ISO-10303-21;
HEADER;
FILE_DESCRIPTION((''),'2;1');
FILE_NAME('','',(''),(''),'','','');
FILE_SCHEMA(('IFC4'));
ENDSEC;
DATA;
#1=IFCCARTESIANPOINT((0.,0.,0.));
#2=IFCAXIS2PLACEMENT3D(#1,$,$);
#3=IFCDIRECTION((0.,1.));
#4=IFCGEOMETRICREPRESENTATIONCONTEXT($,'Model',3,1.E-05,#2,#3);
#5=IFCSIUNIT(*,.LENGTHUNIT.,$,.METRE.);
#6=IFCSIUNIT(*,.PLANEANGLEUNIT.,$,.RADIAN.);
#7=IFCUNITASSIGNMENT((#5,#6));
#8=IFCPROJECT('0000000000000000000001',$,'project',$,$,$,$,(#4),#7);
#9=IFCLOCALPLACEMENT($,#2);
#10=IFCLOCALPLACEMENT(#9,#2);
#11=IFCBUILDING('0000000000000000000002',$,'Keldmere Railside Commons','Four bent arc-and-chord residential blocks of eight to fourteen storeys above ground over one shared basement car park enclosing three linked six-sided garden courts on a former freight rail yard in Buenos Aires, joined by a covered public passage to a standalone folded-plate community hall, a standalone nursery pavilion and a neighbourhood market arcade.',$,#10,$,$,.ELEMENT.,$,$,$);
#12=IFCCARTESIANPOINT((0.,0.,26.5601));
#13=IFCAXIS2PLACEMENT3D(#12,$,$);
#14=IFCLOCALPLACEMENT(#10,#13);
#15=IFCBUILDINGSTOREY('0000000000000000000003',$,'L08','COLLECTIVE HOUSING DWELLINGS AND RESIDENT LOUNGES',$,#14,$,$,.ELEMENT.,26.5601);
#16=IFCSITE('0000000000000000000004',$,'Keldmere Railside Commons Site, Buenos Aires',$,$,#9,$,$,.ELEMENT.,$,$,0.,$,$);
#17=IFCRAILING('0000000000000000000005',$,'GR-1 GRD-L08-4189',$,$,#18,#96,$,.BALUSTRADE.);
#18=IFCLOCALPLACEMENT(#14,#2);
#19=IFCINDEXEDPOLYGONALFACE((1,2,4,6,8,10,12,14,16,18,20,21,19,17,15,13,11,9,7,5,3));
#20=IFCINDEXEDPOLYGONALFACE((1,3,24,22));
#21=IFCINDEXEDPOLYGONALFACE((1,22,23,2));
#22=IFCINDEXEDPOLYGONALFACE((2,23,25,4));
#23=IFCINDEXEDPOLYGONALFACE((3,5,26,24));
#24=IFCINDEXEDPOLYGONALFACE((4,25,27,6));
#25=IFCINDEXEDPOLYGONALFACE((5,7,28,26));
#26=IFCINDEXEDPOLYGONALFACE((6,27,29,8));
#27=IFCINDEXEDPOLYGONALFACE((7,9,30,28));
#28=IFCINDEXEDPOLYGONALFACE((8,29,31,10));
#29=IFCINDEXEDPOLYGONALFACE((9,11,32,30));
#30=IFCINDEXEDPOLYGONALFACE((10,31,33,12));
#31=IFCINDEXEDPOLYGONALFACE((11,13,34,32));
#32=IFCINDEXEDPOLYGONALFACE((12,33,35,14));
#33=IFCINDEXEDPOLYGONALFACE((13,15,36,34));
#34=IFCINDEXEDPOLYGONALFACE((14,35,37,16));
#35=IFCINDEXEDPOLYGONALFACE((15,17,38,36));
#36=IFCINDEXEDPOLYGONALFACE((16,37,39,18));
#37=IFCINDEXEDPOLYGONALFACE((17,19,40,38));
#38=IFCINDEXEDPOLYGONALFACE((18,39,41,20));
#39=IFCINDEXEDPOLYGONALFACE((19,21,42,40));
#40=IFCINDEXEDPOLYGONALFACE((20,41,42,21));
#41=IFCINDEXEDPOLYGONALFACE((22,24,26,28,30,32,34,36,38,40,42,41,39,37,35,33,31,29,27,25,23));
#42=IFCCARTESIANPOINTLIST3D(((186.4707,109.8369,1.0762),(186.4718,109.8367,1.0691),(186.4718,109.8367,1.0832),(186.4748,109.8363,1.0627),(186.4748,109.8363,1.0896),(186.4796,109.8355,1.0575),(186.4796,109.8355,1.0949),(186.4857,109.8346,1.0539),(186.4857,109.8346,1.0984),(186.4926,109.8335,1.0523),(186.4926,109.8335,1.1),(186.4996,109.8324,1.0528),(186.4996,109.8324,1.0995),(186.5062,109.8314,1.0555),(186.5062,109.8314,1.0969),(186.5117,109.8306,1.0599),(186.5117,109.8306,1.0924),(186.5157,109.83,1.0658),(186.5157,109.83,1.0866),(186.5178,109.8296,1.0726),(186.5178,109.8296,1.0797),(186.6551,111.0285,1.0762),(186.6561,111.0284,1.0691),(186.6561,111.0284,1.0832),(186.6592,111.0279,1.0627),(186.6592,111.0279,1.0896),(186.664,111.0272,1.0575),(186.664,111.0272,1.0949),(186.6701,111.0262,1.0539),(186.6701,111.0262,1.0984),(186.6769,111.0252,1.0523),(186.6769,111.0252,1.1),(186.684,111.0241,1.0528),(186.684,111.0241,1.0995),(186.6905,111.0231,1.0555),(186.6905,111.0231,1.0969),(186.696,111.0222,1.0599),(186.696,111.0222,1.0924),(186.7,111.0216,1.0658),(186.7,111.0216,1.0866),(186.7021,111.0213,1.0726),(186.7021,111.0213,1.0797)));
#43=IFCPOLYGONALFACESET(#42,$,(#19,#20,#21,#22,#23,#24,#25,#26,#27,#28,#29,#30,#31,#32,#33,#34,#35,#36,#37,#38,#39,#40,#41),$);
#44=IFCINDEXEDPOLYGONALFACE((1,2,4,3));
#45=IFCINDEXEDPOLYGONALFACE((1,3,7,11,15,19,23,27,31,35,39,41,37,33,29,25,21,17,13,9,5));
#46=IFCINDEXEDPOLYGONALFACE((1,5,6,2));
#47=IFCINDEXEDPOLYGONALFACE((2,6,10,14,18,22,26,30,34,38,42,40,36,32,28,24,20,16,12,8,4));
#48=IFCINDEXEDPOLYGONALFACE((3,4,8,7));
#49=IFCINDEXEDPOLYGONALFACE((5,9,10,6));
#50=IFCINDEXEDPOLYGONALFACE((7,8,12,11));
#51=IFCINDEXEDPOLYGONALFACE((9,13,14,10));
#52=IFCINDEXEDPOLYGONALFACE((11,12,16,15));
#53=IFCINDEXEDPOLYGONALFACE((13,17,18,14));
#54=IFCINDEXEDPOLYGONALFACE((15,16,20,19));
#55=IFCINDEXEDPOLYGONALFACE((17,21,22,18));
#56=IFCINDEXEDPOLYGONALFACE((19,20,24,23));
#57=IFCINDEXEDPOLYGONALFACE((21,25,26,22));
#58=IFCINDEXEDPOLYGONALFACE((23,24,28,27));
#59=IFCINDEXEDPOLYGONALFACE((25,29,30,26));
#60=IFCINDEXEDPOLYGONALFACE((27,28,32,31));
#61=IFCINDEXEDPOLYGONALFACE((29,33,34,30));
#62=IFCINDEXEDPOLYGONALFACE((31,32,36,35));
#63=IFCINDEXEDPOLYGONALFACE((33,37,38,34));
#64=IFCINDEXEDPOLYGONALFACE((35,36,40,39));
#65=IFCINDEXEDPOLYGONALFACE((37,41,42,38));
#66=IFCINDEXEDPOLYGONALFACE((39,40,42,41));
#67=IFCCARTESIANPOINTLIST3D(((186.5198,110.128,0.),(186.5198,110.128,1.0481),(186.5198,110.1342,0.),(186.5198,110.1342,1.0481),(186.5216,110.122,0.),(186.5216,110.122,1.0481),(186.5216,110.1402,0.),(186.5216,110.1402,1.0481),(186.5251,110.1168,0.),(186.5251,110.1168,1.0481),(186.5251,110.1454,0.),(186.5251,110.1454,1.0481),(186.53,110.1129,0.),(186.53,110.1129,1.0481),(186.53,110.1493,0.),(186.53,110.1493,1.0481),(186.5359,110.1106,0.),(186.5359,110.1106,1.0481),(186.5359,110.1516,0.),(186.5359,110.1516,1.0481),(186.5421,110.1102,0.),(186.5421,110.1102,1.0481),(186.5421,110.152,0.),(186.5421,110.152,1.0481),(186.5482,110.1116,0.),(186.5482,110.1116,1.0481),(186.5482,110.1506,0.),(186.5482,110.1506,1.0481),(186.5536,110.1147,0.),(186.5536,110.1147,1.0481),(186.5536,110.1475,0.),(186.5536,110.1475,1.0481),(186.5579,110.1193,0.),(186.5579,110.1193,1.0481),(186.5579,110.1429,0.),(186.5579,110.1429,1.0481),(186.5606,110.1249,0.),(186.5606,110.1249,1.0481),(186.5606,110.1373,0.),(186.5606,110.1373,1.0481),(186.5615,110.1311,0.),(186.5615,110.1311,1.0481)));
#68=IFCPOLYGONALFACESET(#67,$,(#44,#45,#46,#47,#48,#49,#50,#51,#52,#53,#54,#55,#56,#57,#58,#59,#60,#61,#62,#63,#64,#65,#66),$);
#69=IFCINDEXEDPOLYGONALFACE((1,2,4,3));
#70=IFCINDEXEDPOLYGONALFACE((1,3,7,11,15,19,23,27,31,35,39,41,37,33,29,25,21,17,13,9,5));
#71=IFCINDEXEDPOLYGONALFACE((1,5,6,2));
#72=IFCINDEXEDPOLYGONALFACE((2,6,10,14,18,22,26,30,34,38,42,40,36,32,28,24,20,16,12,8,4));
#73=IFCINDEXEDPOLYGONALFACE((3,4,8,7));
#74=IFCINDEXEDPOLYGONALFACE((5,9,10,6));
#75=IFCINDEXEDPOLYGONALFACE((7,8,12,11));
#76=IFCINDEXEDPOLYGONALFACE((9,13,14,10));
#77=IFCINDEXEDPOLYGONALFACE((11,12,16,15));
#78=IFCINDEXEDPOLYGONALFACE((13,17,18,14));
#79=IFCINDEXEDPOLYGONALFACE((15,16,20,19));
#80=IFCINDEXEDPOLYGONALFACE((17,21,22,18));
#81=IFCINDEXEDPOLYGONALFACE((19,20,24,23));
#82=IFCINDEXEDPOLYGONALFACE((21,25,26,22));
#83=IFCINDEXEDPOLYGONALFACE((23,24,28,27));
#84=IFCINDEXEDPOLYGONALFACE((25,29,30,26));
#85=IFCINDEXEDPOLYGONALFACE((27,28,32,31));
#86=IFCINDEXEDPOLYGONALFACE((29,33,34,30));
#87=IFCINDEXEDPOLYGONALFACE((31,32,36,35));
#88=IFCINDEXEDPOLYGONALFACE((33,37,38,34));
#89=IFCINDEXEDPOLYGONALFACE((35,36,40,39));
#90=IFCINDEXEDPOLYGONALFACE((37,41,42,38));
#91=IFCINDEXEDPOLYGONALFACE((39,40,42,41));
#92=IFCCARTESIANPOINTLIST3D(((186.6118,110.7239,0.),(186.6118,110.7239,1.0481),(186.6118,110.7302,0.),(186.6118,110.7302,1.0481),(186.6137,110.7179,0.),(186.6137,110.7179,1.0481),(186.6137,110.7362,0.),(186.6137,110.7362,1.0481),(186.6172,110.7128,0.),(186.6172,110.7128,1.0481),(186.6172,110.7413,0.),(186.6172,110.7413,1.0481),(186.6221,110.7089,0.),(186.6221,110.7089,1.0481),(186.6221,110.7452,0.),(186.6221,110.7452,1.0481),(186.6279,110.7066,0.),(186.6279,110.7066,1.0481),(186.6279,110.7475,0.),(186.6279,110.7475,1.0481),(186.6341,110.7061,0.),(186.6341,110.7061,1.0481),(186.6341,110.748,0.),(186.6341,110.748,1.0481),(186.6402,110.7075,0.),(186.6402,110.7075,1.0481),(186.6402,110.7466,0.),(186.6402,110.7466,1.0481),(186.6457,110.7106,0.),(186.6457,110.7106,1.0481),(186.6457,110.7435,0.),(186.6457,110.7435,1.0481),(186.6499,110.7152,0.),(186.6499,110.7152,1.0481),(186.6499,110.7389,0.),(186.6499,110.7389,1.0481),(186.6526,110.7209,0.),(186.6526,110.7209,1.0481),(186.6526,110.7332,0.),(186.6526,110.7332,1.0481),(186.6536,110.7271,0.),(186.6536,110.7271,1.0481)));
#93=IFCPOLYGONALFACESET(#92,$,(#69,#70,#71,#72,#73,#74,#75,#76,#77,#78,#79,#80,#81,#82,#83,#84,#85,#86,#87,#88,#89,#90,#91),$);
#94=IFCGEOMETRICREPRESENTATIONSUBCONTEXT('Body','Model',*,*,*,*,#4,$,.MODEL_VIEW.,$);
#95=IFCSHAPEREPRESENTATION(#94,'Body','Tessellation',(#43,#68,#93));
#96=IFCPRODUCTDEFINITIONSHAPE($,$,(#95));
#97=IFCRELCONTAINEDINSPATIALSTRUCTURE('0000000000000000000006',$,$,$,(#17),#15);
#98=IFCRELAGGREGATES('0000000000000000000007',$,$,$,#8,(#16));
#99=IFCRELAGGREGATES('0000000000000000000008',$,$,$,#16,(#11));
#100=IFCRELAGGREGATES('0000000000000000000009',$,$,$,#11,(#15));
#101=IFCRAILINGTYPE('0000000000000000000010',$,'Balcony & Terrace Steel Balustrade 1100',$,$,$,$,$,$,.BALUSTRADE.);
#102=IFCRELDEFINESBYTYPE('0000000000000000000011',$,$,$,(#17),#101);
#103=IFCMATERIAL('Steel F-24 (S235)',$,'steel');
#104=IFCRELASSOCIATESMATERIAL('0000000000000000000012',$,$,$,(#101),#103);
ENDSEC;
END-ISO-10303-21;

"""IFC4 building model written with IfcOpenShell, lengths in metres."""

from ifc_helpers import new_model, si_unit, direction, frame, origin, origin_2d, place, context, subcontext, project, spatial, circle, extrude, material, type_object, element, save


model = new_model("IFC4")

# Units and contexts
model_context = context("Model", 3, precision=1e-05, world=origin(), true_north=direction((0.0, 1.0)))
body_context = subcontext(model_context, "Body", "Model", "MODEL_VIEW")
ifc_project = project(units=[si_unit("LENGTHUNIT", "METRE"), si_unit("PLANEANGLEUNIT", "RADIAN")], contexts=[model_context])

# Site, building, storey
site_placement = place(None, origin())
site = spatial("IfcSite", under=ifc_project, at=site_placement, Name="Keldmere Railside Commons Site, Buenos Aires", CompositionType="ELEMENT", RefElevation=0.0)
building_placement = place(site_placement, origin())
building = spatial("IfcBuilding", under=site, at=building_placement, Name="Keldmere Railside Commons", Description="Four bent arc-and-chord residential blocks of eight to fourteen storeys above ground over one shared basement car park enclosing three linked six-sided garden courts on a former freight rail yard in Buenos Aires, joined by a covered public passage to a standalone folded-plate community hall, a standalone nursery pavilion and a neighbourhood market arcade.", CompositionType="ELEMENT")
storey_placement = place(building_placement, frame((0.0, 0.0, 26.5601)))
storey = spatial("IfcBuildingStorey", under=building, at=storey_placement, Name="L08", Description="COLLECTIVE HOUSING DWELLINGS AND RESIDENT LOUNGES", CompositionType="ELEMENT", Elevation=26.5601)

# Railing
ifc_material_1 = material(Name="Steel F-24 (S235)", Category="steel")
railing_type = type_object("IfcRailingType", Name="Balcony & Terrace Steel Balustrade 1100", PredefinedType="BALUSTRADE", material=ifc_material_1)
railing_1_placement = place(storey_placement, frame((186.4944, 109.8333, 0.0)))
element("IfcRailing", 1, at=railing_1_placement, inside=storey, type_object=railing_type, Name="GR-1 GRD-L08-4189", PredefinedType="BALUSTRADE", context=body_context, shape_type="SweptSolid", body=[
    extrude(circle(Radius=0.0239, at=origin_2d()), frame((0.0, 0.0, 1.0762), z_axis=(0.152863, 0.988247, 0.0), x_axis=(-0.988247, 0.152863, 0.0)), (0.0, 0.0, 1.0), 1.2058),
    extrude(circle(Radius=0.021, at=origin_2d()), frame((0.0461, 0.2979, 0.0)), (0.0, 0.0, 1.0), 1.0481),
    extrude(circle(Radius=0.021, at=origin_2d()), frame((0.1382, 0.8938, 0.0)), (0.0, 0.0, 1.0), 1.0481),
])

save(model, "model.ifc")
